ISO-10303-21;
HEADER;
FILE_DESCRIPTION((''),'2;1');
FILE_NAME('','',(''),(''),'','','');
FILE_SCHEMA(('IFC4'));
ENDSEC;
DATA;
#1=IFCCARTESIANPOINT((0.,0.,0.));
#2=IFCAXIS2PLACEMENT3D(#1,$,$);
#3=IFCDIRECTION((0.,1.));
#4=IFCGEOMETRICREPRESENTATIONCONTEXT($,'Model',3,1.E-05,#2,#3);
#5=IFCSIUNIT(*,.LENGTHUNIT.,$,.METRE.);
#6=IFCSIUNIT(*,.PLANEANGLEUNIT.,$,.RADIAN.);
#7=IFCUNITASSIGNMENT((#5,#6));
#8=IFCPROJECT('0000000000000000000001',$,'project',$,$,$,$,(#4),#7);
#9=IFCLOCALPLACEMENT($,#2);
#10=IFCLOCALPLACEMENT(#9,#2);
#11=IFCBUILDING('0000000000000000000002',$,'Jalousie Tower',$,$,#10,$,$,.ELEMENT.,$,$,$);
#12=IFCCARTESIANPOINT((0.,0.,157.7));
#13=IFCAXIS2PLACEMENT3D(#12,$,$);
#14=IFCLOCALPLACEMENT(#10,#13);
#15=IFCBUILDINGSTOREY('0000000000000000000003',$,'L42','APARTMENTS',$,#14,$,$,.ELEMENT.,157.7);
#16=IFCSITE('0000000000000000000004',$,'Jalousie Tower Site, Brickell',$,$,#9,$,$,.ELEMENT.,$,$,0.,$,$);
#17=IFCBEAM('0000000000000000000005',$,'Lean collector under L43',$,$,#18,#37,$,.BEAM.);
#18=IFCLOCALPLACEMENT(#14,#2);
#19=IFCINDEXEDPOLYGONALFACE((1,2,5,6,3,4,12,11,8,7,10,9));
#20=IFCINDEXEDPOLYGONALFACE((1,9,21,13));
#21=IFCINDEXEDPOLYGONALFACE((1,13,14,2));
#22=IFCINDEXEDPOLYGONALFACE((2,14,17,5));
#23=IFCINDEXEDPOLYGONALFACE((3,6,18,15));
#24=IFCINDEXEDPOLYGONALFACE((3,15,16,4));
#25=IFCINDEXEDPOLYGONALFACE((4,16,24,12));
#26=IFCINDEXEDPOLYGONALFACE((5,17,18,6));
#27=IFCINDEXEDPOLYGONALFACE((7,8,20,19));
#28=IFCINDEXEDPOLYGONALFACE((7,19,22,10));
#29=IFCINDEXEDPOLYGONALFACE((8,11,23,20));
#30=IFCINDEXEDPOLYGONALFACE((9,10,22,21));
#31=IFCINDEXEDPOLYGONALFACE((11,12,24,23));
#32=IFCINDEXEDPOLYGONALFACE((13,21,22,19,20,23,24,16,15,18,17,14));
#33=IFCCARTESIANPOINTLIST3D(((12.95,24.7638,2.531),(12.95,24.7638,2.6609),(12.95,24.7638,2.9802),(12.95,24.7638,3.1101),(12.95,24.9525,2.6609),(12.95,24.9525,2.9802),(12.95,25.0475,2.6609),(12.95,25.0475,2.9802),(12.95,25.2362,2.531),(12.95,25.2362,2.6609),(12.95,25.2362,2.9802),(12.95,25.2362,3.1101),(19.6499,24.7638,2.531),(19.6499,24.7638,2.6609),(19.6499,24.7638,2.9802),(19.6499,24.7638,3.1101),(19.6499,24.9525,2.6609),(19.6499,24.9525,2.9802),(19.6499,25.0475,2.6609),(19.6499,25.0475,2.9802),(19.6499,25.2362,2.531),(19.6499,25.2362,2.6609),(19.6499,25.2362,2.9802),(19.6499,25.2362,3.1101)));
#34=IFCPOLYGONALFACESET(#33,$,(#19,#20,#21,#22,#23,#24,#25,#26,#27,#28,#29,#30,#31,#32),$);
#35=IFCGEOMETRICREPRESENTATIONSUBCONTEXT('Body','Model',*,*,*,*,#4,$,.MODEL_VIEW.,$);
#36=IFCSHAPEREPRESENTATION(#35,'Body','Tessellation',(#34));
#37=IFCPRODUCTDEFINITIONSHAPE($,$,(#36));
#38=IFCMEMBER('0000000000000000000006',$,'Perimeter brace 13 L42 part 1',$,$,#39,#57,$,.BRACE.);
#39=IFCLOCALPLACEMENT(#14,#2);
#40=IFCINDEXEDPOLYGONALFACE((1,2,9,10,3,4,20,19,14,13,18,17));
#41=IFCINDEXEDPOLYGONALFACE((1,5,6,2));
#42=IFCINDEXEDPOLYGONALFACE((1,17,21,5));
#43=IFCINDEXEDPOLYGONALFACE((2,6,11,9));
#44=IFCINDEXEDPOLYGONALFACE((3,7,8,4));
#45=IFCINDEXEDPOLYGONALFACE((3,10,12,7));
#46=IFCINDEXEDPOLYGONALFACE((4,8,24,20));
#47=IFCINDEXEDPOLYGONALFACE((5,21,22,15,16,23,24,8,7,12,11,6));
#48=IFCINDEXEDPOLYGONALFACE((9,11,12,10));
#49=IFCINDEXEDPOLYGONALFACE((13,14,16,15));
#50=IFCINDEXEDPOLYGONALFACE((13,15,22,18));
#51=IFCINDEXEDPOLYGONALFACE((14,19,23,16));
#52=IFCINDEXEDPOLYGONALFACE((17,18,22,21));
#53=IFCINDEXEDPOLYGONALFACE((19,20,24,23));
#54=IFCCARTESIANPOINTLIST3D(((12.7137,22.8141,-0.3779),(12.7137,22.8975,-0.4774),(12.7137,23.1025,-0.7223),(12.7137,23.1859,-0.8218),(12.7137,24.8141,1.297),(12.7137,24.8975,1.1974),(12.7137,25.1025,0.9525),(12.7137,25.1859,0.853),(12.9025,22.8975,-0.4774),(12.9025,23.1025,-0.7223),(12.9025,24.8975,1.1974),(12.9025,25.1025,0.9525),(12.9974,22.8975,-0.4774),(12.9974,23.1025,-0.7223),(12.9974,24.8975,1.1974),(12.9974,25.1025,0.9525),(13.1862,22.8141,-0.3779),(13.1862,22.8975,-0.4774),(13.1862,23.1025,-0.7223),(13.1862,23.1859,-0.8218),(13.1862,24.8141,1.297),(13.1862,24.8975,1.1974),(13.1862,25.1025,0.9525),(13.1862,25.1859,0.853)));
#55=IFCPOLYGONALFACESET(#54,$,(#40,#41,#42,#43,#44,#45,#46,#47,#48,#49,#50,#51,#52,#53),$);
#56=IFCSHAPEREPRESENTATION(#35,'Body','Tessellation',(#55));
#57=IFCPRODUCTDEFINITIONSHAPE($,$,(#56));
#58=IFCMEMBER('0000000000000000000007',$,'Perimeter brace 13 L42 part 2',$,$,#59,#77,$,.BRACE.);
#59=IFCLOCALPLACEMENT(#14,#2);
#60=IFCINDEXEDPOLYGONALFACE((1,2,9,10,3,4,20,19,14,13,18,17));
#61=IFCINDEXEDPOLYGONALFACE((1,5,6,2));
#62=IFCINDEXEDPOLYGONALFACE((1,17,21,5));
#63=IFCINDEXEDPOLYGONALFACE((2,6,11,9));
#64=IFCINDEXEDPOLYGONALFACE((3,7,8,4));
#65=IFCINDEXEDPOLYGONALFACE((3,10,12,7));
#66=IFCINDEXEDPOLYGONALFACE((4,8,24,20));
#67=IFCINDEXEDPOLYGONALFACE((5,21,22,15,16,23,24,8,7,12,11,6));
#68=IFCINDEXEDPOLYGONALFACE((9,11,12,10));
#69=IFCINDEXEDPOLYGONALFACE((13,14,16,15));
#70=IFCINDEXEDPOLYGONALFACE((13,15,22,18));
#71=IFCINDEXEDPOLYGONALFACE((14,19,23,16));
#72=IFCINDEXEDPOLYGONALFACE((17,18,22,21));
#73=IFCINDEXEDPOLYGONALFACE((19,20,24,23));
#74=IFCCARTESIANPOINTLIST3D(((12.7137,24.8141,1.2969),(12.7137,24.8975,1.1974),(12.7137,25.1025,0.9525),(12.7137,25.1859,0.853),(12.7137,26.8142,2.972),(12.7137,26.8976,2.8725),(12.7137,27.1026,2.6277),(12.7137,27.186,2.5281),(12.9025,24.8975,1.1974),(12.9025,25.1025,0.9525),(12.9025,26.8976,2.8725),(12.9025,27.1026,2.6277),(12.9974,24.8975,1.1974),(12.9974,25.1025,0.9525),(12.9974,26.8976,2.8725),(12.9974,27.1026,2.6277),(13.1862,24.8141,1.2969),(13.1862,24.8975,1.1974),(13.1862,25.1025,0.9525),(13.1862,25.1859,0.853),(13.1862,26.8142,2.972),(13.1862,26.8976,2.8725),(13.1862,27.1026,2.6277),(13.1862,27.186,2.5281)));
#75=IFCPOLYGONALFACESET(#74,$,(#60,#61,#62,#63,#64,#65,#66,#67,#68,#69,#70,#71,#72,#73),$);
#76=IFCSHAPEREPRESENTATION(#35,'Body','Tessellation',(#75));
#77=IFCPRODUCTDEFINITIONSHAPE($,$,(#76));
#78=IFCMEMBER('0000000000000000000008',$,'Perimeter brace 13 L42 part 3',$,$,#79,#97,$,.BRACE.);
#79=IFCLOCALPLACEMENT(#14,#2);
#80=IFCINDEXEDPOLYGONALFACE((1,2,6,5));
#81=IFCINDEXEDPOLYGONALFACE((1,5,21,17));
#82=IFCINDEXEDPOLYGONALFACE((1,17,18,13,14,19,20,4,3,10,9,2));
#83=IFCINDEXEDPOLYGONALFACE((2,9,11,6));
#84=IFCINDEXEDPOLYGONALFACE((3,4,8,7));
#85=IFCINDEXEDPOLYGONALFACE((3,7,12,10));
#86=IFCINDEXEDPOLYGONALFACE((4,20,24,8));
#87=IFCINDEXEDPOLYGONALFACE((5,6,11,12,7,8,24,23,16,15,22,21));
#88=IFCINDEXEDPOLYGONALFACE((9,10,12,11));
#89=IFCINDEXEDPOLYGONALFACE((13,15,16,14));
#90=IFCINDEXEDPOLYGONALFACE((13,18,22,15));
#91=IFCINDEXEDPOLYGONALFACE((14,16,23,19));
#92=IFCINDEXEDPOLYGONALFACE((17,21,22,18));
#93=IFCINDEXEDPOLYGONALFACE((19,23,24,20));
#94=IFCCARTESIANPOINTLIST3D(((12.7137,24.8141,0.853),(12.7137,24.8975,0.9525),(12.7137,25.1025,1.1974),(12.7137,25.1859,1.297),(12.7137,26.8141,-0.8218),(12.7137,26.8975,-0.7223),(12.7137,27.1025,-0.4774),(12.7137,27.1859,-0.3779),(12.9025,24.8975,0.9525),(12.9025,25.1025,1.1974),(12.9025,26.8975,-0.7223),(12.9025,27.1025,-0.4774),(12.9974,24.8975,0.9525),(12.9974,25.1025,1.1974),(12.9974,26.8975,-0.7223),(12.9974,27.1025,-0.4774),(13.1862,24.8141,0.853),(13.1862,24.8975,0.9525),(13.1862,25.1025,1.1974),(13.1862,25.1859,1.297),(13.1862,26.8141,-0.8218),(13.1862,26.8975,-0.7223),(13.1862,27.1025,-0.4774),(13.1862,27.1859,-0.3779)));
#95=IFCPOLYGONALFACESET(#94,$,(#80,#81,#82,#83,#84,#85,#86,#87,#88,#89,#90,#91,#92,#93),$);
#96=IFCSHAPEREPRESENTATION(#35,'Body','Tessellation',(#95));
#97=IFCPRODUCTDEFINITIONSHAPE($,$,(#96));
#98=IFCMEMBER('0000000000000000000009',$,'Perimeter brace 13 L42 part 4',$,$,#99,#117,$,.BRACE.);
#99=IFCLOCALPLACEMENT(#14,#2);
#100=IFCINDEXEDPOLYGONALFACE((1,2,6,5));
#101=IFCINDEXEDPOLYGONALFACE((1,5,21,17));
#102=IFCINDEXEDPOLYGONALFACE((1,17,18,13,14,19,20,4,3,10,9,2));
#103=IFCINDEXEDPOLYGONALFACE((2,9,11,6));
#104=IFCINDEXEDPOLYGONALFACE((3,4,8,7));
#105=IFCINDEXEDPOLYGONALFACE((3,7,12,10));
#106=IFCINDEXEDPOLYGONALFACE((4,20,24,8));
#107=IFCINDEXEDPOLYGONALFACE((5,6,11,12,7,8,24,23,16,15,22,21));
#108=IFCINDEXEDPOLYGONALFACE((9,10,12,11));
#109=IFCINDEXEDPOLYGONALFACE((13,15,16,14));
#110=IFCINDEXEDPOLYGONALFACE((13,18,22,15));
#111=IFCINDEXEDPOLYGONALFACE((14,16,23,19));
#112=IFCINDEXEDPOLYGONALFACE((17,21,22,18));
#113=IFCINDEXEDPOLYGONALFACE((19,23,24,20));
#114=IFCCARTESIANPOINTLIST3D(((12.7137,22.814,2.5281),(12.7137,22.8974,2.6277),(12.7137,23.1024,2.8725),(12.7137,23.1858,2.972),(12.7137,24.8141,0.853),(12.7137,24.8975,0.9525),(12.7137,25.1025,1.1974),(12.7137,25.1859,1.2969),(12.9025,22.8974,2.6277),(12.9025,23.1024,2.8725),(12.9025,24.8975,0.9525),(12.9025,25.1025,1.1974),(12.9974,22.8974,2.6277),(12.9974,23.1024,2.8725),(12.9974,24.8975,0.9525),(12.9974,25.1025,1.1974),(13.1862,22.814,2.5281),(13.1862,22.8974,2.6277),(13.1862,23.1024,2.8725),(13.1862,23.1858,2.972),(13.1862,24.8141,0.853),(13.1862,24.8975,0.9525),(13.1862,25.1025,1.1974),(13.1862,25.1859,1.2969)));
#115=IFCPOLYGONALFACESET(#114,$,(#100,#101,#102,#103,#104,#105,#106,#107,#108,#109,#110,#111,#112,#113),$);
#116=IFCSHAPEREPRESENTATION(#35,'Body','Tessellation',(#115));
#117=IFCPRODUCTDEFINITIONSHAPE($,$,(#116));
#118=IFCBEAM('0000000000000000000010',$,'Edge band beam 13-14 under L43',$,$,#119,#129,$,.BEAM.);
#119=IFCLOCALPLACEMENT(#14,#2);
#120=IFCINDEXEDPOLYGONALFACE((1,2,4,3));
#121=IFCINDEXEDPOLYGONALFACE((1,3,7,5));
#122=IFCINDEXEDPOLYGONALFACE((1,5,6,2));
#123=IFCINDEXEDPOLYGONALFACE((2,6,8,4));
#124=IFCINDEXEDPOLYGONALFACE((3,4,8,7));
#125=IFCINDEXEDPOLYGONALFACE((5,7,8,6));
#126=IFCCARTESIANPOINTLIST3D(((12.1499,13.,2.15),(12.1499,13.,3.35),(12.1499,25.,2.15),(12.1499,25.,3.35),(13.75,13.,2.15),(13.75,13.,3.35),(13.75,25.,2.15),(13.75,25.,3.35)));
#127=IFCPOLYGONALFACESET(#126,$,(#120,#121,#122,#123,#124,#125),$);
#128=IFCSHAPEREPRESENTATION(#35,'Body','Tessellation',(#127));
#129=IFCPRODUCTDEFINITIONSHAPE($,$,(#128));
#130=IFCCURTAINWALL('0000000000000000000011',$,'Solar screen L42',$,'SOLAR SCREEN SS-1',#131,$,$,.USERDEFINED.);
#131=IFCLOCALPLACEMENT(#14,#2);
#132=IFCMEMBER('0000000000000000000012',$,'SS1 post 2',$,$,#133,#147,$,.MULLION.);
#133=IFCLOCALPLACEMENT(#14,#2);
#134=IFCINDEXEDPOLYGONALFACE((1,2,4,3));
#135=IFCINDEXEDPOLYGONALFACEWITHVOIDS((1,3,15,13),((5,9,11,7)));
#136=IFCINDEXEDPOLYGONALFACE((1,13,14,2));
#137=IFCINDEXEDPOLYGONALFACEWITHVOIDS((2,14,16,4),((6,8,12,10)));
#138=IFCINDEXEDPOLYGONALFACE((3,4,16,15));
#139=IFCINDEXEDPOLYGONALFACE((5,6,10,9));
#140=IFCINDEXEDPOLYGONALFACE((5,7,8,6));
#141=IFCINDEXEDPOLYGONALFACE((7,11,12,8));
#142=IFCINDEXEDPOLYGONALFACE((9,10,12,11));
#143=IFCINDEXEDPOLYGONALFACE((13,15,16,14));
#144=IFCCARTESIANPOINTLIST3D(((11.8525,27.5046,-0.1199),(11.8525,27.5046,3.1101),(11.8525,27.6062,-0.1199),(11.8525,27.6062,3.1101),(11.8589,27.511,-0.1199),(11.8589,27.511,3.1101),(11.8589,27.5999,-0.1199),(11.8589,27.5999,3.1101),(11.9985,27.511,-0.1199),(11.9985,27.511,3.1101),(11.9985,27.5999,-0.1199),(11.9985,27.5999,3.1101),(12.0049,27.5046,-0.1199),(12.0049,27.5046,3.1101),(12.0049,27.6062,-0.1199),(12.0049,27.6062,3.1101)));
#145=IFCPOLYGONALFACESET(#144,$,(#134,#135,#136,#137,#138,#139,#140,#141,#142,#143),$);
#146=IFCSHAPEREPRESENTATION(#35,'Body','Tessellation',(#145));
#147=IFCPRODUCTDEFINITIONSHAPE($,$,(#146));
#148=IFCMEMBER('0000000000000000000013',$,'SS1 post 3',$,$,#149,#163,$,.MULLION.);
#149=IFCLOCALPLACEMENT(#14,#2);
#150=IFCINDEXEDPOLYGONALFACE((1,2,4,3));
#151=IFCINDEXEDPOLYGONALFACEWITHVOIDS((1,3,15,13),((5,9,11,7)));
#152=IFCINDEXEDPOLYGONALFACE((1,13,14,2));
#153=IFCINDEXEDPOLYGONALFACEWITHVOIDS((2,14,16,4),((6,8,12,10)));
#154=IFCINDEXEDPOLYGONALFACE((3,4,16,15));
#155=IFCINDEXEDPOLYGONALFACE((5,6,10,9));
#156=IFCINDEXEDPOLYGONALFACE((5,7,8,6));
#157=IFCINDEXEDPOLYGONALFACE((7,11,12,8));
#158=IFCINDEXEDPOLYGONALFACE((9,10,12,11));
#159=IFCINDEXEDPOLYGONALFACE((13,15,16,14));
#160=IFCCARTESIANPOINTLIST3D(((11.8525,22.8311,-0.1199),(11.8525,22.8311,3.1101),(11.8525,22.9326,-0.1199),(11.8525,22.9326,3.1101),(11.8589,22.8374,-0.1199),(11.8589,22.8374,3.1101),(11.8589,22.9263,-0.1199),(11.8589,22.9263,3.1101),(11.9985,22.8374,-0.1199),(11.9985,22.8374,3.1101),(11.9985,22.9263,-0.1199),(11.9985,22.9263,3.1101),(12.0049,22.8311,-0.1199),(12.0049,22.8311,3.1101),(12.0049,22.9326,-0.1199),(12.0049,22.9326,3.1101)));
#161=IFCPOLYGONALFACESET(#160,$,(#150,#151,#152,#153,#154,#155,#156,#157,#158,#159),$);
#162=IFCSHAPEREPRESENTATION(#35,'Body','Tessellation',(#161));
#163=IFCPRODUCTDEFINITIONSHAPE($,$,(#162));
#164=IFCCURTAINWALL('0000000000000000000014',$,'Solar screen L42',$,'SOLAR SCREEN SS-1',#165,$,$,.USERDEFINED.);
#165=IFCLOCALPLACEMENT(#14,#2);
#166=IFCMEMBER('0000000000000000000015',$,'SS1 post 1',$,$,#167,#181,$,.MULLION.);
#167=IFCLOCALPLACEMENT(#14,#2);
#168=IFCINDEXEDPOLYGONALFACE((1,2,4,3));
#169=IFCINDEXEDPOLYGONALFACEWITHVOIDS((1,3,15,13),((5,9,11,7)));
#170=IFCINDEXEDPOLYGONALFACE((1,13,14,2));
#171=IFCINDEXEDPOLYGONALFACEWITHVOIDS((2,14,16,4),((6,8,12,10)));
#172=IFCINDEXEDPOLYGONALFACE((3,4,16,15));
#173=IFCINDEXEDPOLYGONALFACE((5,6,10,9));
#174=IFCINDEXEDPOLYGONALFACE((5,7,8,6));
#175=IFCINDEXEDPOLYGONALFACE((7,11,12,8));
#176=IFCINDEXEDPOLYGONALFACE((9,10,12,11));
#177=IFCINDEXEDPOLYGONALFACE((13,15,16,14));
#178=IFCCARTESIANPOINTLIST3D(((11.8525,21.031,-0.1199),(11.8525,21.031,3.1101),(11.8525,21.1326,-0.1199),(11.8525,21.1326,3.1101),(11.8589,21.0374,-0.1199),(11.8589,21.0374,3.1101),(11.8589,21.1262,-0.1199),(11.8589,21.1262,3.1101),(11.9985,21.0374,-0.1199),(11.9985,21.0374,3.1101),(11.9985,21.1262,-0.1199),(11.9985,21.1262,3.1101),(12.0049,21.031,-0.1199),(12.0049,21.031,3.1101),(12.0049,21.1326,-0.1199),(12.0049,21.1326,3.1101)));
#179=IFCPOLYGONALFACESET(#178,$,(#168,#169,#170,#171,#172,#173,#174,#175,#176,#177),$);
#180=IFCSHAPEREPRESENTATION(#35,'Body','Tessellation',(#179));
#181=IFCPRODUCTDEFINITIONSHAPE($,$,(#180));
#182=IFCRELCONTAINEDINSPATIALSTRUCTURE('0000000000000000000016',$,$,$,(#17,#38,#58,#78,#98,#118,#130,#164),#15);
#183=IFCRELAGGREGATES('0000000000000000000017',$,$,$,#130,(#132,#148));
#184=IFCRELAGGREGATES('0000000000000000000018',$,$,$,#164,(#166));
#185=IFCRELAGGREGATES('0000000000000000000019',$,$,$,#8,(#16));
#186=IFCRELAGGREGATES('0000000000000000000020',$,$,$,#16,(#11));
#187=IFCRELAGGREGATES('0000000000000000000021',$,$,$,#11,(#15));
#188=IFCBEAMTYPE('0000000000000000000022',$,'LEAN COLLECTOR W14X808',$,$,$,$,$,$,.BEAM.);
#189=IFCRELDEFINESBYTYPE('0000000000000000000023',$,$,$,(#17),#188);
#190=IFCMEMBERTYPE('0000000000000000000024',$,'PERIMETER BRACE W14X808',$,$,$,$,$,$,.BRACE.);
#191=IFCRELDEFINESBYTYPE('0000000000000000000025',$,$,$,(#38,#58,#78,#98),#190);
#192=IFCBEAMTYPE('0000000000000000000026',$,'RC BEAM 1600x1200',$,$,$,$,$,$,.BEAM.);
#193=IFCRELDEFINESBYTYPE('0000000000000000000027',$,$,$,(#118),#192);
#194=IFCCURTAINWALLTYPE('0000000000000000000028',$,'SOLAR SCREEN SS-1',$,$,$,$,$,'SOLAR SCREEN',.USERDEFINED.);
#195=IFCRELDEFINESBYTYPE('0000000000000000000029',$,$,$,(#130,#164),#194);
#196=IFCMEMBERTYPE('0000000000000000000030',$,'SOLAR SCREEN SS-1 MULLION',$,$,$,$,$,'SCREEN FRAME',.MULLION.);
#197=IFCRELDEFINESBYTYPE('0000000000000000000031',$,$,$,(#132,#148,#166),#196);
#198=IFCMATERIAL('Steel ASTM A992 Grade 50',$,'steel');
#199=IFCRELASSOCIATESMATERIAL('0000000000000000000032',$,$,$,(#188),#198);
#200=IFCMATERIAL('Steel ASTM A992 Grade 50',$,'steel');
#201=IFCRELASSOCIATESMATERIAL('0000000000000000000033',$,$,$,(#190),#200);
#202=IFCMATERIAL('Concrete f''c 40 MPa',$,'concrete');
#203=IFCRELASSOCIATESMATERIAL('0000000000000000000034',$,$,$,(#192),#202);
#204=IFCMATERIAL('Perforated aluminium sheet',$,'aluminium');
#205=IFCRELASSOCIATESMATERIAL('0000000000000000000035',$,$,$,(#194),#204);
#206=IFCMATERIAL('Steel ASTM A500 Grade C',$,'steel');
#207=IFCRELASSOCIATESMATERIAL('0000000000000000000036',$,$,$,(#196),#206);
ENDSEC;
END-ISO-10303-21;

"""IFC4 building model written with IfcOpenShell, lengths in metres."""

from ifc_helpers import new_model, si_unit, direction, frame, origin, origin_2d, place, context, subcontext, project, spatial, rectangle, hollow_rectangle, i_section, extrude, material, material_profile, profile_set, type_object, element, aggregate, save


model = new_model("IFC4")

# Units and contexts
model_context = context("Model", 3, precision=1e-05, world=origin(), true_north=direction((0.0, 1.0)))
body_context = subcontext(model_context, "Body", "Model", "MODEL_VIEW")
ifc_project = project(units=[si_unit("LENGTHUNIT", "METRE"), si_unit("PLANEANGLEUNIT", "RADIAN")], contexts=[model_context])

# Site, building, storey
site_placement = place(None, origin())
site = spatial("IfcSite", under=ifc_project, at=site_placement, Name="Jalousie Tower Site, Brickell", CompositionType="ELEMENT", RefElevation=0.0)
building_placement = place(site_placement, origin())
building = spatial("IfcBuilding", under=site, at=building_placement, Name="Jalousie Tower", CompositionType="ELEMENT")
storey_placement = place(building_placement, frame((0.0, 0.0, 157.7)))
storey = spatial("IfcBuildingStorey", under=building, at=storey_placement, Name="L42", Description="APARTMENTS", CompositionType="ELEMENT", Elevation=157.7)

# Beam
ifc_material_1 = material(Name="Steel ASTM A992 Grade 50", Category="steel")
ifc_material_profile_1 = material_profile(ifc_material_1, i_section(OverallWidth=0.4724, OverallDepth=0.5791, WebThickness=0.095, FlangeThickness=0.1299, at=origin_2d()), Name="W14X808")
ifc_profile_set_1 = profile_set([ifc_material_profile_1], Name="Steel ASTM A992 Grade 50")
beam_type_1 = type_object("IfcBeamType", Name="LEAN COLLECTOR W14X808", PredefinedType="BEAM", material=ifc_profile_set_1)
beam_1_placement = place(storey_placement, frame((12.95, 25.0, 2.8206), z_axis=(1.0, 0.0, 0.0), x_axis=(0.0, 1.0, 0.0)))
element("IfcBeam", 1, at=beam_1_placement, inside=storey, type_object=beam_type_1, Name="Lean collector under L43", PredefinedType="BEAM", context=body_context, shape_type="SweptSolid", body=[
    extrude(i_section(OverallWidth=0.4724, OverallDepth=0.5791, WebThickness=0.095, FlangeThickness=0.1299, at=origin_2d()), origin(), (0.0, 0.0, 1.0), 6.7),
])

# Members
ifc_material_2 = material(Name="Steel ASTM A992 Grade 50", Category="steel")
ifc_material_profile_2 = material_profile(ifc_material_2, i_section(OverallWidth=0.4724, OverallDepth=0.5791, WebThickness=0.095, FlangeThickness=0.1299, at=origin_2d()), Name="W14X808")
ifc_profile_set_2 = profile_set([ifc_material_profile_2], Name="Steel ASTM A992 Grade 50")
member_type_1 = type_object("IfcMemberType", Name="PERIMETER BRACE W14X808", PredefinedType="BRACE", material=ifc_profile_set_2)
member_1_placement = place(storey_placement, frame((12.95, 23.0, -0.5999), z_axis=(0.0, 0.766685, 0.642024), x_axis=(-1.0, 0.0, 0.0)))
element("IfcMember", 2, at=member_1_placement, inside=storey, type_object=member_type_1, Name="Perimeter brace 13 L42 part 1", PredefinedType="BRACE", context=body_context, shape_type="SweptSolid", body=[
    extrude(i_section(OverallWidth=0.4724, OverallDepth=0.5791, WebThickness=0.095, FlangeThickness=0.1299, at=origin_2d()), origin(), (0.0, 0.0, 1.0), 2.6086),
])
member_2_placement = place(storey_placement, frame((12.95, 25.0, 1.075), z_axis=(0.0, 0.766639, 0.642079), x_axis=(-1.0, 0.0, 0.0)))
element("IfcMember", 3, at=member_2_placement, inside=storey, type_object=member_type_1, Name="Perimeter brace 13 L42 part 2", PredefinedType="BRACE", context=body_context, shape_type="SweptSolid", body=[
    extrude(i_section(OverallWidth=0.4724, OverallDepth=0.5791, WebThickness=0.095, FlangeThickness=0.1299, at=origin_2d()), origin(), (0.0, 0.0, 1.0), 2.6089),
])
member_3_placement = place(storey_placement, frame((12.95, 27.0, -0.5999), z_axis=(0.0, -0.766685, 0.642024), x_axis=(1.0, 0.0, 0.0)))
element("IfcMember", 4, at=member_3_placement, inside=storey, type_object=member_type_1, Name="Perimeter brace 13 L42 part 3", PredefinedType="BRACE", context=body_context, shape_type="SweptSolid", body=[
    extrude(i_section(OverallWidth=0.4724, OverallDepth=0.5791, WebThickness=0.095, FlangeThickness=0.1299, at=origin_2d()), origin(), (0.0, 0.0, 1.0), 2.6086),
])
member_4_placement = place(storey_placement, frame((12.95, 25.0, 1.075), z_axis=(0.0, -0.766639, 0.642079), x_axis=(1.0, 0.0, 0.0)))
element("IfcMember", 5, at=member_4_placement, inside=storey, type_object=member_type_1, Name="Perimeter brace 13 L42 part 4", PredefinedType="BRACE", context=body_context, shape_type="SweptSolid", body=[
    extrude(i_section(OverallWidth=0.4724, OverallDepth=0.5791, WebThickness=0.095, FlangeThickness=0.1299, at=origin_2d()), origin(), (0.0, 0.0, 1.0), 2.6089),
])

# Beam
ifc_material_3 = material(Name="Concrete f'c 40 MPa", Category="concrete")
ifc_material_profile_3 = material_profile(ifc_material_3, rectangle(XDim=1.6001, YDim=1.2, at=origin_2d()), Name="RC 1600x1200")
ifc_profile_set_3 = profile_set([ifc_material_profile_3], Name="Concrete f'c 40 MPa")
beam_type_2 = type_object("IfcBeamType", Name="RC BEAM 1600x1200", PredefinedType="BEAM", material=ifc_profile_set_3)
beam_2_placement = place(storey_placement, frame((12.95, 25.0, 2.75), z_axis=(0.0, -1.0, 0.0), x_axis=(1.0, 0.0, 0.0)))
element("IfcBeam", 6, at=beam_2_placement, inside=storey, type_object=beam_type_2, Name="Edge band beam 13-14 under L43", PredefinedType="BEAM", context=body_context, shape_type="SweptSolid", body=[
    extrude(rectangle(XDim=1.6001, YDim=1.2, at=origin_2d()), origin(), (0.0, 0.0, 1.0), 12.0),
])

# Curtain walls, members
ifc_material_4 = material(Name="Perforated aluminium sheet", Category="aluminium")
curtain_wall_type = type_object("IfcCurtainWallType", Name="SOLAR SCREEN SS-1", ElementType="SOLAR SCREEN", PredefinedType="USERDEFINED", material=ifc_material_4)
curtain_wall_1_placement = place(storey_placement, origin())
curtain_wall_1 = element("IfcCurtainWall", 7, at=curtain_wall_1_placement, inside=storey, type_object=curtain_wall_type, Name="Solar screen L42", ObjectType="SOLAR SCREEN SS-1", PredefinedType="USERDEFINED")
ifc_material_5 = material(Name="Steel ASTM A500 Grade C", Category="steel")
ifc_material_profile_4 = material_profile(ifc_material_5, hollow_rectangle(XDim=0.1016, YDim=0.1523, WallThickness=0.0063, at=origin_2d()), Name="HSS6X4X1/4")
ifc_profile_set_4 = profile_set([ifc_material_profile_4], Name="Steel ASTM A500 Grade C")
member_type_2 = type_object("IfcMemberType", Name="SOLAR SCREEN SS-1 MULLION", ElementType="SCREEN FRAME", PredefinedType="MULLION", material=ifc_profile_set_4)
member_5_placement = place(storey_placement, frame((11.9287, 27.5554, -0.1199), z_axis=(0.0, 0.0, 1.0), x_axis=(0.0, -1.0, 0.0)))
member_5 = element("IfcMember", 8, at=member_5_placement, type_object=member_type_2, Name="SS1 post 2", PredefinedType="MULLION", context=body_context, shape_type="SweptSolid", body=[
    extrude(hollow_rectangle(XDim=0.1016, YDim=0.1523, WallThickness=0.0063, at=origin_2d()), origin(), (0.0, 0.0, 1.0), 3.23),
])
member_6_placement = place(storey_placement, frame((11.9287, 22.8818, -0.1199), z_axis=(0.0, 0.0, 1.0), x_axis=(0.0, -1.0, 0.0)))
member_6 = element("IfcMember", 9, at=member_6_placement, type_object=member_type_2, Name="SS1 post 3", PredefinedType="MULLION", context=body_context, shape_type="SweptSolid", body=[
    extrude(hollow_rectangle(XDim=0.1016, YDim=0.1523, WallThickness=0.0063, at=origin_2d()), origin(), (0.0, 0.0, 1.0), 3.23),
])
curtain_wall_2_placement = place(storey_placement, origin())
curtain_wall_2 = element("IfcCurtainWall", 10, at=curtain_wall_2_placement, inside=storey, type_object=curtain_wall_type, Name="Solar screen L42", ObjectType="SOLAR SCREEN SS-1", PredefinedType="USERDEFINED")
member_7_placement = place(storey_placement, frame((11.9287, 21.0818, -0.1199), z_axis=(0.0, 0.0, 1.0), x_axis=(0.0, -1.0, 0.0)))
member_7 = element("IfcMember", 11, at=member_7_placement, type_object=member_type_2, Name="SS1 post 1", PredefinedType="MULLION", context=body_context, shape_type="SweptSolid", body=[
    extrude(hollow_rectangle(XDim=0.1016, YDim=0.1523, WallThickness=0.0063, at=origin_2d()), origin(), (0.0, 0.0, 1.0), 3.23),
])

aggregate(curtain_wall_1, [member_5, member_6])
aggregate(curtain_wall_2, [member_7])

save(model, "model.ifc")
